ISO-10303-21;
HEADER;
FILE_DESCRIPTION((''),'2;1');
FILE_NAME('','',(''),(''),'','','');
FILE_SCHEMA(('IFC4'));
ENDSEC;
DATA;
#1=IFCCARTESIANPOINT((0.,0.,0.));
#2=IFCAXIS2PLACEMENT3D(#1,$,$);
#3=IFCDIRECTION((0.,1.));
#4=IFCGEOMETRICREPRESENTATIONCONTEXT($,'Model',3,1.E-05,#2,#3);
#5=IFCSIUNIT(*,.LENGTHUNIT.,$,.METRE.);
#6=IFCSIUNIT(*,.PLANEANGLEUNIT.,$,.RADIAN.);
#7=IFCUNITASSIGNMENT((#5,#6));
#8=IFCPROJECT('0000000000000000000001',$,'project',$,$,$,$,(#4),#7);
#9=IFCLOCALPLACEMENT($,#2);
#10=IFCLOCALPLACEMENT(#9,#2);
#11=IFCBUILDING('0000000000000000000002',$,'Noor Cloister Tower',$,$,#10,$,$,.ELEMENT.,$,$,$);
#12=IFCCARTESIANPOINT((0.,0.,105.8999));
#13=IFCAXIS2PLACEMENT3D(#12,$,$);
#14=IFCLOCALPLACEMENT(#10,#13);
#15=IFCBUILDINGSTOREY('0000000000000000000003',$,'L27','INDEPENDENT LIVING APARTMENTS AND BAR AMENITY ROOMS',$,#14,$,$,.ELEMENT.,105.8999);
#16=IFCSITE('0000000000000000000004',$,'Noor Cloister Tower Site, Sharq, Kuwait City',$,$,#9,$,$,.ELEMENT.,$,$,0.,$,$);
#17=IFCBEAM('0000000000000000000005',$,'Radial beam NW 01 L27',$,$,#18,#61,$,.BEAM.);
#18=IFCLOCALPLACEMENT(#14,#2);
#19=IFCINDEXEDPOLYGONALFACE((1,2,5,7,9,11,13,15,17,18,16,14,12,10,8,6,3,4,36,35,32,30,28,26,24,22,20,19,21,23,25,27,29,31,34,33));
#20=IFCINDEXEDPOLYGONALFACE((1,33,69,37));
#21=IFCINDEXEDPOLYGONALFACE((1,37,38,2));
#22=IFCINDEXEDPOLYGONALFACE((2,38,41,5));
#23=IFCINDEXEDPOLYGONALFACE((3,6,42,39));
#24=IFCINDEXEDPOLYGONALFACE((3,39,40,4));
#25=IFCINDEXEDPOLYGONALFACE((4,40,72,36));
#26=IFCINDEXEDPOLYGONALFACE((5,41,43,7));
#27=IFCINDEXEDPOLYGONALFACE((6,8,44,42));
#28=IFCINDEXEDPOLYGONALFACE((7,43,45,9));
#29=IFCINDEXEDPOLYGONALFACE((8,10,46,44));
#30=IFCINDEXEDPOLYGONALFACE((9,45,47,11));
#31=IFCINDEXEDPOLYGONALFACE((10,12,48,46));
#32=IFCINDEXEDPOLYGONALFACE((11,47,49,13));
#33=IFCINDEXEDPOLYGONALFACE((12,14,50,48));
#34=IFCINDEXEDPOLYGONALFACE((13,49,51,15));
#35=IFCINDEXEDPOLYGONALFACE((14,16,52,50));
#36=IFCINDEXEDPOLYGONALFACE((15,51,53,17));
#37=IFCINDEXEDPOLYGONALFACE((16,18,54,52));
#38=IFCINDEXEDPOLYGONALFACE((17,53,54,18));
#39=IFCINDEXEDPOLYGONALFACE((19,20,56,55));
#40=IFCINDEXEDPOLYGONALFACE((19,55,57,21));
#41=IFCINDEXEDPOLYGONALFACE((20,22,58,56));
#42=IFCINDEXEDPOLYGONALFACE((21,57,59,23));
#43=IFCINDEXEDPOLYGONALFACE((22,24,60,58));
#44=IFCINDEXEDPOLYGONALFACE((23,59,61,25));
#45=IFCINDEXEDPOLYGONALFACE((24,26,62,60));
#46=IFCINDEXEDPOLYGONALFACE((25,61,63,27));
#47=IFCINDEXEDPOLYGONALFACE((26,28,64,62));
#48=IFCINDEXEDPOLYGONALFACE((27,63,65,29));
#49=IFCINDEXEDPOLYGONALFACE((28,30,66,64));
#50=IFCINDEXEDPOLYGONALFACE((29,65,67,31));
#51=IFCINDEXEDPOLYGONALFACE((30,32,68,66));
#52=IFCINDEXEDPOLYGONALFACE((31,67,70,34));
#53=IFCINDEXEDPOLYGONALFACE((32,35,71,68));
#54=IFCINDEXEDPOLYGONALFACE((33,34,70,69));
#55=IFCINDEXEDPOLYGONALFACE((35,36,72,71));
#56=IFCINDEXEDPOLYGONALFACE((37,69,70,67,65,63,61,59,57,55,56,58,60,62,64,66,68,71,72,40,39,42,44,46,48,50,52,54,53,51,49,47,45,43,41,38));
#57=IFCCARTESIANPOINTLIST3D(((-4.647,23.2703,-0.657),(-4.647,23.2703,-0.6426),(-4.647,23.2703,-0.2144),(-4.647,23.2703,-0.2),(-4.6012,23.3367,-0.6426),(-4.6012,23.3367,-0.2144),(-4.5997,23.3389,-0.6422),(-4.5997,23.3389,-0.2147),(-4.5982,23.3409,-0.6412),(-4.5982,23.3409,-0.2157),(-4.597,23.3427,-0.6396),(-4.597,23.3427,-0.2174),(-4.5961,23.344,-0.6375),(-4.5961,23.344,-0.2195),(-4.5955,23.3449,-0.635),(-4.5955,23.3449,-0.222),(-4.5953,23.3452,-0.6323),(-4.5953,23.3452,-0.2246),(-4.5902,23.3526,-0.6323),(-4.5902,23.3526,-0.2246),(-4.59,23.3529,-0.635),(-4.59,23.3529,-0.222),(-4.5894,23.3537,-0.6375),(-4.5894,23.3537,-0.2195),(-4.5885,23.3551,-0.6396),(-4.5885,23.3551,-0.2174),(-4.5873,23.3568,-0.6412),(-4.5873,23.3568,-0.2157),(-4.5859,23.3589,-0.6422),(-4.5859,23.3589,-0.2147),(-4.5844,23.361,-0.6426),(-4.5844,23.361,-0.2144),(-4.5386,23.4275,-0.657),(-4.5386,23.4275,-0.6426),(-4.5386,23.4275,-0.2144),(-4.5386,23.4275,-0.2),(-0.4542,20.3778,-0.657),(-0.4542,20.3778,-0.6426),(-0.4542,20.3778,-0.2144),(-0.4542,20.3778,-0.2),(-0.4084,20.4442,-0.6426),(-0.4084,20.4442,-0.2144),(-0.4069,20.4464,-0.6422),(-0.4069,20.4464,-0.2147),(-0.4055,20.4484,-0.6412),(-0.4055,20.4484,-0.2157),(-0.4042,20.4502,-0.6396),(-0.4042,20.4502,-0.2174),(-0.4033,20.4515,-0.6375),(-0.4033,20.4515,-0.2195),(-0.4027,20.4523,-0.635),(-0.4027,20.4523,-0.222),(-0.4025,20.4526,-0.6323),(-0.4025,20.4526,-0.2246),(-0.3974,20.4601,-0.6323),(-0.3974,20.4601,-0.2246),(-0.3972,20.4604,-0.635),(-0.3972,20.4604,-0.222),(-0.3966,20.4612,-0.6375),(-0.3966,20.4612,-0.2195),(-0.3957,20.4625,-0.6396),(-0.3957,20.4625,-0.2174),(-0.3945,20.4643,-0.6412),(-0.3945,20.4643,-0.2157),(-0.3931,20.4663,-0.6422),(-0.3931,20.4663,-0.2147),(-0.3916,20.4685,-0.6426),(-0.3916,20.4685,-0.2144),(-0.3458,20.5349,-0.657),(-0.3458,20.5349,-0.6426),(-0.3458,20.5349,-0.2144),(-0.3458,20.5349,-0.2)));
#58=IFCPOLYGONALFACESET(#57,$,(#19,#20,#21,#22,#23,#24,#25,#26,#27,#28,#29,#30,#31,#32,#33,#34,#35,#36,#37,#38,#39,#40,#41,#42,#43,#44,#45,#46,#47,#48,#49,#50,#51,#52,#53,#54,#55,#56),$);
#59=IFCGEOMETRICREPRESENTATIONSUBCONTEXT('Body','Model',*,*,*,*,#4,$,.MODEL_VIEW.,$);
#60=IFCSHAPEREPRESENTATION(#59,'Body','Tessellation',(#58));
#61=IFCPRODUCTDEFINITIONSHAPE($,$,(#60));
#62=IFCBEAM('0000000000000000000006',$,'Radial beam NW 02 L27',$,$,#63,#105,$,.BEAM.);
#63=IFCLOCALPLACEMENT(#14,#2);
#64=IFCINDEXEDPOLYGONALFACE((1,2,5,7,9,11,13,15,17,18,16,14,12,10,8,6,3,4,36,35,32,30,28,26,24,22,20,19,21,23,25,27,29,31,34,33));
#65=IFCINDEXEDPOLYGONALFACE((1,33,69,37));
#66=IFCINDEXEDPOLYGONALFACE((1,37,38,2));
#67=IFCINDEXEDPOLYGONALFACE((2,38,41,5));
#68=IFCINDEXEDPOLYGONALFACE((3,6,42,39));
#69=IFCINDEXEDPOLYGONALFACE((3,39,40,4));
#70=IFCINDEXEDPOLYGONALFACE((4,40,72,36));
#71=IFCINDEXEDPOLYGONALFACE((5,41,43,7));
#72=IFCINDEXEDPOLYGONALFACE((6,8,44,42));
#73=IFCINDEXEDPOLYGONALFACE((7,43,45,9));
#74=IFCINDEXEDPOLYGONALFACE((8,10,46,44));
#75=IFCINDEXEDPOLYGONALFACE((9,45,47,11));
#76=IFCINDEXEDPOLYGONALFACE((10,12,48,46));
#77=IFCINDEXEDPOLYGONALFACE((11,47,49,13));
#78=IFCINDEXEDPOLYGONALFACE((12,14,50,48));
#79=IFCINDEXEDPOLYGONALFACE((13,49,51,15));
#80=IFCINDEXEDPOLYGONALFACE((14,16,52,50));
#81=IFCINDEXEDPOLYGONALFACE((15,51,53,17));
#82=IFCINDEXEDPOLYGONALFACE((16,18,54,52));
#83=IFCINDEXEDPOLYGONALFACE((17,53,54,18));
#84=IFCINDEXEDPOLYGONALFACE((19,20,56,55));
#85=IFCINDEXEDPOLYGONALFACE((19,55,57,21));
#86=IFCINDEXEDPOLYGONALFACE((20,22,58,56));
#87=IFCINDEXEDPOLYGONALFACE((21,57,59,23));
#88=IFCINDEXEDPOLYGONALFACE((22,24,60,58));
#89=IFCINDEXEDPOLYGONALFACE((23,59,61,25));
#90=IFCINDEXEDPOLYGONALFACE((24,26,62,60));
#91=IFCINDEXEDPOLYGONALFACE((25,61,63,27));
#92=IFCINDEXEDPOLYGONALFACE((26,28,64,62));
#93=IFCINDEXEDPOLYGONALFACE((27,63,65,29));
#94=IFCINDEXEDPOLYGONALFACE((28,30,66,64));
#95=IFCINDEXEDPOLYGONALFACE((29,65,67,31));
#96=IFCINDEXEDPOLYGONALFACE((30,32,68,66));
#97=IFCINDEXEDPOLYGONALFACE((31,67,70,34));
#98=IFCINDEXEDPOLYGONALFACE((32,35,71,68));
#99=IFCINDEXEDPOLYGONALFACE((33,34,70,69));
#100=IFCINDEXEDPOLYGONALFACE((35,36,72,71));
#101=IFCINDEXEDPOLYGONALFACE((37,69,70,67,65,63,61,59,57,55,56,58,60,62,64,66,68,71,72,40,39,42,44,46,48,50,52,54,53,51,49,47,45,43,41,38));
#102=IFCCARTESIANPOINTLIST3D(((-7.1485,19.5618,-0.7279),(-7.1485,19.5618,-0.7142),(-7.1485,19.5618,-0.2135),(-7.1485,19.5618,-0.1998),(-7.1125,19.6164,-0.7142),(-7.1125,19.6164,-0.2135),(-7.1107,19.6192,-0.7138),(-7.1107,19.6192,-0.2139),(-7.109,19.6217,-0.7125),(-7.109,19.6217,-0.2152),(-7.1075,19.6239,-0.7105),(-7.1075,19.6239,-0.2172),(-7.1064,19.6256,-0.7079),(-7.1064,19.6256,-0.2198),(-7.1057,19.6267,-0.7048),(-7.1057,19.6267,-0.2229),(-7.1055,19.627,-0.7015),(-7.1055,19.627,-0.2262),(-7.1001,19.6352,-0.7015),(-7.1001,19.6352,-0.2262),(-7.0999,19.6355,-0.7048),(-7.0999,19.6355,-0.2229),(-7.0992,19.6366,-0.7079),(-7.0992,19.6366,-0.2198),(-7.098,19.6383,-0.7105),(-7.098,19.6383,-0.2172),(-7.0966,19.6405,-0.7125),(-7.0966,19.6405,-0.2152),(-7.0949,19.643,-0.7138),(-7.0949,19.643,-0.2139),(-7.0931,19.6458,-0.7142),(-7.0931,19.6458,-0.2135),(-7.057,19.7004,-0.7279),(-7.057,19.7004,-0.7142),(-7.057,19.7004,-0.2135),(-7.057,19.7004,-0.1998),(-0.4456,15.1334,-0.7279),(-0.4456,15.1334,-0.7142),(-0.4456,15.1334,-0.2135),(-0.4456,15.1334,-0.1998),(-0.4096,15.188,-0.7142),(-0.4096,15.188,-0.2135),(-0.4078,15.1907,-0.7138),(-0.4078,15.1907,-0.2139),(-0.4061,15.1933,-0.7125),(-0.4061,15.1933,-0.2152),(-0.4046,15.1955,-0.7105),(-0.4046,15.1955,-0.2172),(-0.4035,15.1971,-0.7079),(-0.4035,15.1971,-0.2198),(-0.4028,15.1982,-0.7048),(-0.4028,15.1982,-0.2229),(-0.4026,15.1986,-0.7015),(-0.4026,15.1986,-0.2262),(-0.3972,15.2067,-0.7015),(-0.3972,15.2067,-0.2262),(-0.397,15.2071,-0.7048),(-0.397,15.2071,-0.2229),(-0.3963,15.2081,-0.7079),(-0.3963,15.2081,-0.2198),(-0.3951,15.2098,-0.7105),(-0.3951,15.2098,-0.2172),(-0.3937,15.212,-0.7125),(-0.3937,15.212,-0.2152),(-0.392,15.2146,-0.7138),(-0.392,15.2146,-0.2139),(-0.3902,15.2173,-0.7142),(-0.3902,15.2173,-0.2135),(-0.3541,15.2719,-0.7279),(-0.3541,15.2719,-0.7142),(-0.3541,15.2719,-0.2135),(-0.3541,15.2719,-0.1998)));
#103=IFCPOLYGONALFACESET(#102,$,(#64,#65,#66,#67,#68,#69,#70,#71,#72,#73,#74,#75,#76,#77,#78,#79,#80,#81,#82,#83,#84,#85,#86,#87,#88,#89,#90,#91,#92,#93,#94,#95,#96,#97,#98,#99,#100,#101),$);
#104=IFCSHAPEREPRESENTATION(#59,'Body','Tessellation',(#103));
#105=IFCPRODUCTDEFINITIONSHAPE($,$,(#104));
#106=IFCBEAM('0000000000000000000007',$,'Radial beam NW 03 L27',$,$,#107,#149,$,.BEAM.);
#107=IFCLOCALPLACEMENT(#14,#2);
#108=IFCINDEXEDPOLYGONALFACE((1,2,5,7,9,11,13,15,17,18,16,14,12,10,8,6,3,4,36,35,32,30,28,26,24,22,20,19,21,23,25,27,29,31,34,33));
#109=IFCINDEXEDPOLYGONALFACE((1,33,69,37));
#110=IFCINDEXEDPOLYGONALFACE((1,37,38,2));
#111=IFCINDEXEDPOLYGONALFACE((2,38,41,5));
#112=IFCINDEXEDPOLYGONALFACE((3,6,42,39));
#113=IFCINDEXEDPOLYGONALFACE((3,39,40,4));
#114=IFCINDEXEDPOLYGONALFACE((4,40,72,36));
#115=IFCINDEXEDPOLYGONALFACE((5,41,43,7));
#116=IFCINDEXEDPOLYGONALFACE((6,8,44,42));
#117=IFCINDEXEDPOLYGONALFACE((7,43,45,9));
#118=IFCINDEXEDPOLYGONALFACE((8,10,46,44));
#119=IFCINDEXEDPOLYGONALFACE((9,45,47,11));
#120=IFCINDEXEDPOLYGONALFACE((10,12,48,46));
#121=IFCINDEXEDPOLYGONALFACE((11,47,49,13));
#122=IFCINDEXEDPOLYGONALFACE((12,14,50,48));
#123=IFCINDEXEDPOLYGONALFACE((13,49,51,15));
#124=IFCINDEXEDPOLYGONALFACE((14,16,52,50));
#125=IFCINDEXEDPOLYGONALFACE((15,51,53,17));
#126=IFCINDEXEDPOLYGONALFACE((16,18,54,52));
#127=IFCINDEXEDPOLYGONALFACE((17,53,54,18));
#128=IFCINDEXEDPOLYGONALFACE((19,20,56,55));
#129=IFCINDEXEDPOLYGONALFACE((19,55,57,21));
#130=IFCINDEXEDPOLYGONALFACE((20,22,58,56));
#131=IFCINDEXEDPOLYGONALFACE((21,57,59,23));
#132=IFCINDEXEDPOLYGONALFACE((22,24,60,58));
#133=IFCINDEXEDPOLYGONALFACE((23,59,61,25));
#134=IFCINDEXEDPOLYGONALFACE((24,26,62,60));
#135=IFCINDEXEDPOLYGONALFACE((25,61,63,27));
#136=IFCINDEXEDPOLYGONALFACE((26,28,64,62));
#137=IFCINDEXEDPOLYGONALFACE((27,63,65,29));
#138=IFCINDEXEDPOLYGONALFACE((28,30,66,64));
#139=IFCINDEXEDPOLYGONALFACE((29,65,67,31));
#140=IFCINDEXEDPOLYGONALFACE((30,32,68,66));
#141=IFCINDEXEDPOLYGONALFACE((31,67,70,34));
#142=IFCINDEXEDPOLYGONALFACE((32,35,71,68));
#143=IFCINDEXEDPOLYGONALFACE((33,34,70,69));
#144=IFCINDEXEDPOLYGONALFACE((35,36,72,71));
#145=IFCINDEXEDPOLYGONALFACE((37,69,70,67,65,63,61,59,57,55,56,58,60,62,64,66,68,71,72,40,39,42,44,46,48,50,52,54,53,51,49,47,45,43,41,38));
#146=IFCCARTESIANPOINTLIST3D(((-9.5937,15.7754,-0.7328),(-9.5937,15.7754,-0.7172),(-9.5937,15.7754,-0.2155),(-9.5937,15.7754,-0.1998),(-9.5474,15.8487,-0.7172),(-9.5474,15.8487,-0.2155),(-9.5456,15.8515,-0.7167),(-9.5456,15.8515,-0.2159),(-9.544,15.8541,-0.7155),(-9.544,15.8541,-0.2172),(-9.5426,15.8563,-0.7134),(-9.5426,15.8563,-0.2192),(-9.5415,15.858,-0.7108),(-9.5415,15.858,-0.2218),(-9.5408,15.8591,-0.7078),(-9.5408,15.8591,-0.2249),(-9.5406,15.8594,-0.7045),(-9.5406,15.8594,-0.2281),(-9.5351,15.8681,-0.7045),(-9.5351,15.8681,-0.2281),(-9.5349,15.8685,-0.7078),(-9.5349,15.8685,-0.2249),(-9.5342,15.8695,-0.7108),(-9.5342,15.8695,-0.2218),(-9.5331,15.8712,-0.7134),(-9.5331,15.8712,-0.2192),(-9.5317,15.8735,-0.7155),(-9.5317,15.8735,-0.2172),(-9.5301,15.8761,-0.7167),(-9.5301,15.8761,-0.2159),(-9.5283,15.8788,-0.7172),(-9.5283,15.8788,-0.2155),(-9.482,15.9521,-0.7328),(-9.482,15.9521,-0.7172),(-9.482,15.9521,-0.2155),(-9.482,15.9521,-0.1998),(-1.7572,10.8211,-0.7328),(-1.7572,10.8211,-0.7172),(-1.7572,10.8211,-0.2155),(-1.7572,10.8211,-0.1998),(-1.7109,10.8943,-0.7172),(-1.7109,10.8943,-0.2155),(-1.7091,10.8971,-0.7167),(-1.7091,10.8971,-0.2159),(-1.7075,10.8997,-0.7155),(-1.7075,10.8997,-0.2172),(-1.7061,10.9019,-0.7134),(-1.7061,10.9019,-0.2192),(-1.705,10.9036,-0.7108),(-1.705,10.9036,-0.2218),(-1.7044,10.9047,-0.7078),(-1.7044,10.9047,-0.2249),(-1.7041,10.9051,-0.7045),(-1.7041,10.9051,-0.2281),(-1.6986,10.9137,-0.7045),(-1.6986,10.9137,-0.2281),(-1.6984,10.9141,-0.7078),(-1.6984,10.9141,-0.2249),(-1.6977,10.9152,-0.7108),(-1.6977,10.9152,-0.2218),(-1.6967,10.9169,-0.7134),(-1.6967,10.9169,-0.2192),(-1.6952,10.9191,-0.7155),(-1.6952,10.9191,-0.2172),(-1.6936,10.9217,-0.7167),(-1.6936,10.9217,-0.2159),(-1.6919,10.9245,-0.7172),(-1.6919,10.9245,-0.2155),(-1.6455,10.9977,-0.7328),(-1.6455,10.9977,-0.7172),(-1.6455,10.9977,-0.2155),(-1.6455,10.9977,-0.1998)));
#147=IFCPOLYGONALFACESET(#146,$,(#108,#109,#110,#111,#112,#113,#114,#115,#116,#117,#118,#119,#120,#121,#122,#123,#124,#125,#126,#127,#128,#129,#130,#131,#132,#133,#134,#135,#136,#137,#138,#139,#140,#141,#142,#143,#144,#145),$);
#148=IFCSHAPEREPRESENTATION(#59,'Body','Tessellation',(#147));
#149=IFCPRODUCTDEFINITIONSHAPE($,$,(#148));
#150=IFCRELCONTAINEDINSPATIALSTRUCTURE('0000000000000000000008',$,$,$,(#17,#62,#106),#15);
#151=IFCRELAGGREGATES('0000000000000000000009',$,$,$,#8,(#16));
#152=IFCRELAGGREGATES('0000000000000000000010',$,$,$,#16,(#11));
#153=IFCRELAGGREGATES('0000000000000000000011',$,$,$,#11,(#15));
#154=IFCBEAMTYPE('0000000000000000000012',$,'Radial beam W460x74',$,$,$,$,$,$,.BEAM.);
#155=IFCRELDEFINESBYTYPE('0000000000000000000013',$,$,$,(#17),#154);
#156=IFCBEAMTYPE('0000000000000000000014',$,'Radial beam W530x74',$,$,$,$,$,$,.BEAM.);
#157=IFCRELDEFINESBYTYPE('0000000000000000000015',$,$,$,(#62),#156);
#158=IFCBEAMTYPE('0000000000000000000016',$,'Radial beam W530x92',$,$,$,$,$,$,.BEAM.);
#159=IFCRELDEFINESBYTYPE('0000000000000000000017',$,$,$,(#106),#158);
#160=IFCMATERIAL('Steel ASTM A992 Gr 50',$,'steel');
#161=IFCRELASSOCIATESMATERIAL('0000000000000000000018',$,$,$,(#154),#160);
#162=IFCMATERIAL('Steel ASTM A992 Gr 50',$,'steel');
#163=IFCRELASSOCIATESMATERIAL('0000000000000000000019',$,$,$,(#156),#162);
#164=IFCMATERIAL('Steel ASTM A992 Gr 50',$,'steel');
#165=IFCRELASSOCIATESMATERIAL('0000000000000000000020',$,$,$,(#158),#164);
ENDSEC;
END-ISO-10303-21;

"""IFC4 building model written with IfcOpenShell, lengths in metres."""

from ifc_helpers import new_model, si_unit, direction, frame, origin, origin_2d, place, context, subcontext, project, spatial, i_section, extrude, material, material_profile, profile_set, type_object, element, save


model = new_model("IFC4")

# Units and contexts
model_context = context("Model", 3, precision=1e-05, world=origin(), true_north=direction((0.0, 1.0)))
body_context = subcontext(model_context, "Body", "Model", "MODEL_VIEW")
ifc_project = project(units=[si_unit("LENGTHUNIT", "METRE"), si_unit("PLANEANGLEUNIT", "RADIAN")], contexts=[model_context])

# Site, building, storey
site_placement = place(None, origin())
site = spatial("IfcSite", under=ifc_project, at=site_placement, Name="Noor Cloister Tower Site, Sharq, Kuwait City", CompositionType="ELEMENT", RefElevation=0.0)
building_placement = place(site_placement, origin())
building = spatial("IfcBuilding", under=site, at=building_placement, Name="Noor Cloister Tower", CompositionType="ELEMENT")
storey_placement = place(building_placement, frame((0.0, 0.0, 105.8999)))
storey = spatial("IfcBuildingStorey", under=building, at=storey_placement, Name="L27", Description="INDEPENDENT LIVING APARTMENTS AND BAR AMENITY ROOMS", CompositionType="ELEMENT", Elevation=105.8999)

# Beams
ifc_material_1 = material(Name="Steel ASTM A992 Gr 50", Category="steel")
ifc_material_profile_1 = material_profile(ifc_material_1, i_section(OverallWidth=0.1909, OverallDepth=0.457, WebThickness=0.009, FlangeThickness=0.0144, FilletRadius=0.0103, at=origin_2d()), Name="W460x74")
ifc_profile_set_1 = profile_set([ifc_material_profile_1], Name="Steel ASTM A992 Gr 50")
beam_type_1 = type_object("IfcBeamType", Name="Radial beam W460x74", PredefinedType="BEAM", material=ifc_profile_set_1)
beam_1_placement = place(storey_placement, frame((-4.5928, 23.3489, -0.4285), z_axis=(0.823126, -0.567858, 0.0), x_axis=(0.567858, 0.823126, 0.0)))
element("IfcBeam", 1, at=beam_1_placement, inside=storey, type_object=beam_type_1, Name="Radial beam NW 01 L27", PredefinedType="BEAM", context=body_context, shape_type="SweptSolid", body=[
    extrude(i_section(OverallWidth=0.1909, OverallDepth=0.457, WebThickness=0.009, FlangeThickness=0.0144, FilletRadius=0.0103, at=origin_2d()), origin(), (0.0, 0.0, 1.0), 5.0938),
])
ifc_material_2 = material(Name="Steel ASTM A992 Gr 50", Category="steel")
ifc_material_profile_2 = material_profile(ifc_material_2, i_section(OverallWidth=0.166, OverallDepth=0.5281, WebThickness=0.0098, FlangeThickness=0.0137, FilletRadius=0.0127, at=origin_2d()), Name="W530x74")
ifc_profile_set_2 = profile_set([ifc_material_profile_2], Name="Steel ASTM A992 Gr 50")
beam_type_2 = type_object("IfcBeamType", Name="Radial beam W530x74", PredefinedType="BEAM", material=ifc_profile_set_2)
beam_2_placement = place(storey_placement, frame((-7.1028, 19.6311, -0.4639), z_axis=(0.834348, -0.551238, 0.0), x_axis=(0.551238, 0.834348, 0.0)))
element("IfcBeam", 2, at=beam_2_placement, inside=storey, type_object=beam_type_2, Name="Radial beam NW 02 L27", PredefinedType="BEAM", context=body_context, shape_type="SweptSolid", body=[
    extrude(i_section(OverallWidth=0.166, OverallDepth=0.5281, WebThickness=0.0098, FlangeThickness=0.0137, FilletRadius=0.0127, at=origin_2d()), origin(), (0.0, 0.0, 1.0), 8.0337),
])
ifc_material_3 = material(Name="Steel ASTM A992 Gr 50", Category="steel")
ifc_material_profile_3 = material_profile(ifc_material_3, i_section(OverallWidth=0.209, OverallDepth=0.533, WebThickness=0.0103, FlangeThickness=0.0156, FilletRadius=0.0127, at=origin_2d()), Name="W530x92")
ifc_profile_set_3 = profile_set([ifc_material_profile_3], Name="Steel ASTM A992 Gr 50")
beam_type_3 = type_object("IfcBeamType", Name="Radial beam W530x92", PredefinedType="BEAM", material=ifc_profile_set_3)
beam_3_placement = place(storey_placement, frame((-9.5378, 15.8638, -0.4663), z_axis=(0.845244, -0.53438, 0.0), x_axis=(0.53438, 0.845244, 0.0)))
element("IfcBeam", 3, at=beam_3_placement, inside=storey, type_object=beam_type_3, Name="Radial beam NW 03 L27", PredefinedType="BEAM", context=body_context, shape_type="SweptSolid", body=[
    extrude(i_section(OverallWidth=0.209, OverallDepth=0.533, WebThickness=0.0103, FlangeThickness=0.0156, FilletRadius=0.0127, at=origin_2d()), origin(), (0.0, 0.0, 1.0), 9.2712),
])

save(model, "model.ifc")
